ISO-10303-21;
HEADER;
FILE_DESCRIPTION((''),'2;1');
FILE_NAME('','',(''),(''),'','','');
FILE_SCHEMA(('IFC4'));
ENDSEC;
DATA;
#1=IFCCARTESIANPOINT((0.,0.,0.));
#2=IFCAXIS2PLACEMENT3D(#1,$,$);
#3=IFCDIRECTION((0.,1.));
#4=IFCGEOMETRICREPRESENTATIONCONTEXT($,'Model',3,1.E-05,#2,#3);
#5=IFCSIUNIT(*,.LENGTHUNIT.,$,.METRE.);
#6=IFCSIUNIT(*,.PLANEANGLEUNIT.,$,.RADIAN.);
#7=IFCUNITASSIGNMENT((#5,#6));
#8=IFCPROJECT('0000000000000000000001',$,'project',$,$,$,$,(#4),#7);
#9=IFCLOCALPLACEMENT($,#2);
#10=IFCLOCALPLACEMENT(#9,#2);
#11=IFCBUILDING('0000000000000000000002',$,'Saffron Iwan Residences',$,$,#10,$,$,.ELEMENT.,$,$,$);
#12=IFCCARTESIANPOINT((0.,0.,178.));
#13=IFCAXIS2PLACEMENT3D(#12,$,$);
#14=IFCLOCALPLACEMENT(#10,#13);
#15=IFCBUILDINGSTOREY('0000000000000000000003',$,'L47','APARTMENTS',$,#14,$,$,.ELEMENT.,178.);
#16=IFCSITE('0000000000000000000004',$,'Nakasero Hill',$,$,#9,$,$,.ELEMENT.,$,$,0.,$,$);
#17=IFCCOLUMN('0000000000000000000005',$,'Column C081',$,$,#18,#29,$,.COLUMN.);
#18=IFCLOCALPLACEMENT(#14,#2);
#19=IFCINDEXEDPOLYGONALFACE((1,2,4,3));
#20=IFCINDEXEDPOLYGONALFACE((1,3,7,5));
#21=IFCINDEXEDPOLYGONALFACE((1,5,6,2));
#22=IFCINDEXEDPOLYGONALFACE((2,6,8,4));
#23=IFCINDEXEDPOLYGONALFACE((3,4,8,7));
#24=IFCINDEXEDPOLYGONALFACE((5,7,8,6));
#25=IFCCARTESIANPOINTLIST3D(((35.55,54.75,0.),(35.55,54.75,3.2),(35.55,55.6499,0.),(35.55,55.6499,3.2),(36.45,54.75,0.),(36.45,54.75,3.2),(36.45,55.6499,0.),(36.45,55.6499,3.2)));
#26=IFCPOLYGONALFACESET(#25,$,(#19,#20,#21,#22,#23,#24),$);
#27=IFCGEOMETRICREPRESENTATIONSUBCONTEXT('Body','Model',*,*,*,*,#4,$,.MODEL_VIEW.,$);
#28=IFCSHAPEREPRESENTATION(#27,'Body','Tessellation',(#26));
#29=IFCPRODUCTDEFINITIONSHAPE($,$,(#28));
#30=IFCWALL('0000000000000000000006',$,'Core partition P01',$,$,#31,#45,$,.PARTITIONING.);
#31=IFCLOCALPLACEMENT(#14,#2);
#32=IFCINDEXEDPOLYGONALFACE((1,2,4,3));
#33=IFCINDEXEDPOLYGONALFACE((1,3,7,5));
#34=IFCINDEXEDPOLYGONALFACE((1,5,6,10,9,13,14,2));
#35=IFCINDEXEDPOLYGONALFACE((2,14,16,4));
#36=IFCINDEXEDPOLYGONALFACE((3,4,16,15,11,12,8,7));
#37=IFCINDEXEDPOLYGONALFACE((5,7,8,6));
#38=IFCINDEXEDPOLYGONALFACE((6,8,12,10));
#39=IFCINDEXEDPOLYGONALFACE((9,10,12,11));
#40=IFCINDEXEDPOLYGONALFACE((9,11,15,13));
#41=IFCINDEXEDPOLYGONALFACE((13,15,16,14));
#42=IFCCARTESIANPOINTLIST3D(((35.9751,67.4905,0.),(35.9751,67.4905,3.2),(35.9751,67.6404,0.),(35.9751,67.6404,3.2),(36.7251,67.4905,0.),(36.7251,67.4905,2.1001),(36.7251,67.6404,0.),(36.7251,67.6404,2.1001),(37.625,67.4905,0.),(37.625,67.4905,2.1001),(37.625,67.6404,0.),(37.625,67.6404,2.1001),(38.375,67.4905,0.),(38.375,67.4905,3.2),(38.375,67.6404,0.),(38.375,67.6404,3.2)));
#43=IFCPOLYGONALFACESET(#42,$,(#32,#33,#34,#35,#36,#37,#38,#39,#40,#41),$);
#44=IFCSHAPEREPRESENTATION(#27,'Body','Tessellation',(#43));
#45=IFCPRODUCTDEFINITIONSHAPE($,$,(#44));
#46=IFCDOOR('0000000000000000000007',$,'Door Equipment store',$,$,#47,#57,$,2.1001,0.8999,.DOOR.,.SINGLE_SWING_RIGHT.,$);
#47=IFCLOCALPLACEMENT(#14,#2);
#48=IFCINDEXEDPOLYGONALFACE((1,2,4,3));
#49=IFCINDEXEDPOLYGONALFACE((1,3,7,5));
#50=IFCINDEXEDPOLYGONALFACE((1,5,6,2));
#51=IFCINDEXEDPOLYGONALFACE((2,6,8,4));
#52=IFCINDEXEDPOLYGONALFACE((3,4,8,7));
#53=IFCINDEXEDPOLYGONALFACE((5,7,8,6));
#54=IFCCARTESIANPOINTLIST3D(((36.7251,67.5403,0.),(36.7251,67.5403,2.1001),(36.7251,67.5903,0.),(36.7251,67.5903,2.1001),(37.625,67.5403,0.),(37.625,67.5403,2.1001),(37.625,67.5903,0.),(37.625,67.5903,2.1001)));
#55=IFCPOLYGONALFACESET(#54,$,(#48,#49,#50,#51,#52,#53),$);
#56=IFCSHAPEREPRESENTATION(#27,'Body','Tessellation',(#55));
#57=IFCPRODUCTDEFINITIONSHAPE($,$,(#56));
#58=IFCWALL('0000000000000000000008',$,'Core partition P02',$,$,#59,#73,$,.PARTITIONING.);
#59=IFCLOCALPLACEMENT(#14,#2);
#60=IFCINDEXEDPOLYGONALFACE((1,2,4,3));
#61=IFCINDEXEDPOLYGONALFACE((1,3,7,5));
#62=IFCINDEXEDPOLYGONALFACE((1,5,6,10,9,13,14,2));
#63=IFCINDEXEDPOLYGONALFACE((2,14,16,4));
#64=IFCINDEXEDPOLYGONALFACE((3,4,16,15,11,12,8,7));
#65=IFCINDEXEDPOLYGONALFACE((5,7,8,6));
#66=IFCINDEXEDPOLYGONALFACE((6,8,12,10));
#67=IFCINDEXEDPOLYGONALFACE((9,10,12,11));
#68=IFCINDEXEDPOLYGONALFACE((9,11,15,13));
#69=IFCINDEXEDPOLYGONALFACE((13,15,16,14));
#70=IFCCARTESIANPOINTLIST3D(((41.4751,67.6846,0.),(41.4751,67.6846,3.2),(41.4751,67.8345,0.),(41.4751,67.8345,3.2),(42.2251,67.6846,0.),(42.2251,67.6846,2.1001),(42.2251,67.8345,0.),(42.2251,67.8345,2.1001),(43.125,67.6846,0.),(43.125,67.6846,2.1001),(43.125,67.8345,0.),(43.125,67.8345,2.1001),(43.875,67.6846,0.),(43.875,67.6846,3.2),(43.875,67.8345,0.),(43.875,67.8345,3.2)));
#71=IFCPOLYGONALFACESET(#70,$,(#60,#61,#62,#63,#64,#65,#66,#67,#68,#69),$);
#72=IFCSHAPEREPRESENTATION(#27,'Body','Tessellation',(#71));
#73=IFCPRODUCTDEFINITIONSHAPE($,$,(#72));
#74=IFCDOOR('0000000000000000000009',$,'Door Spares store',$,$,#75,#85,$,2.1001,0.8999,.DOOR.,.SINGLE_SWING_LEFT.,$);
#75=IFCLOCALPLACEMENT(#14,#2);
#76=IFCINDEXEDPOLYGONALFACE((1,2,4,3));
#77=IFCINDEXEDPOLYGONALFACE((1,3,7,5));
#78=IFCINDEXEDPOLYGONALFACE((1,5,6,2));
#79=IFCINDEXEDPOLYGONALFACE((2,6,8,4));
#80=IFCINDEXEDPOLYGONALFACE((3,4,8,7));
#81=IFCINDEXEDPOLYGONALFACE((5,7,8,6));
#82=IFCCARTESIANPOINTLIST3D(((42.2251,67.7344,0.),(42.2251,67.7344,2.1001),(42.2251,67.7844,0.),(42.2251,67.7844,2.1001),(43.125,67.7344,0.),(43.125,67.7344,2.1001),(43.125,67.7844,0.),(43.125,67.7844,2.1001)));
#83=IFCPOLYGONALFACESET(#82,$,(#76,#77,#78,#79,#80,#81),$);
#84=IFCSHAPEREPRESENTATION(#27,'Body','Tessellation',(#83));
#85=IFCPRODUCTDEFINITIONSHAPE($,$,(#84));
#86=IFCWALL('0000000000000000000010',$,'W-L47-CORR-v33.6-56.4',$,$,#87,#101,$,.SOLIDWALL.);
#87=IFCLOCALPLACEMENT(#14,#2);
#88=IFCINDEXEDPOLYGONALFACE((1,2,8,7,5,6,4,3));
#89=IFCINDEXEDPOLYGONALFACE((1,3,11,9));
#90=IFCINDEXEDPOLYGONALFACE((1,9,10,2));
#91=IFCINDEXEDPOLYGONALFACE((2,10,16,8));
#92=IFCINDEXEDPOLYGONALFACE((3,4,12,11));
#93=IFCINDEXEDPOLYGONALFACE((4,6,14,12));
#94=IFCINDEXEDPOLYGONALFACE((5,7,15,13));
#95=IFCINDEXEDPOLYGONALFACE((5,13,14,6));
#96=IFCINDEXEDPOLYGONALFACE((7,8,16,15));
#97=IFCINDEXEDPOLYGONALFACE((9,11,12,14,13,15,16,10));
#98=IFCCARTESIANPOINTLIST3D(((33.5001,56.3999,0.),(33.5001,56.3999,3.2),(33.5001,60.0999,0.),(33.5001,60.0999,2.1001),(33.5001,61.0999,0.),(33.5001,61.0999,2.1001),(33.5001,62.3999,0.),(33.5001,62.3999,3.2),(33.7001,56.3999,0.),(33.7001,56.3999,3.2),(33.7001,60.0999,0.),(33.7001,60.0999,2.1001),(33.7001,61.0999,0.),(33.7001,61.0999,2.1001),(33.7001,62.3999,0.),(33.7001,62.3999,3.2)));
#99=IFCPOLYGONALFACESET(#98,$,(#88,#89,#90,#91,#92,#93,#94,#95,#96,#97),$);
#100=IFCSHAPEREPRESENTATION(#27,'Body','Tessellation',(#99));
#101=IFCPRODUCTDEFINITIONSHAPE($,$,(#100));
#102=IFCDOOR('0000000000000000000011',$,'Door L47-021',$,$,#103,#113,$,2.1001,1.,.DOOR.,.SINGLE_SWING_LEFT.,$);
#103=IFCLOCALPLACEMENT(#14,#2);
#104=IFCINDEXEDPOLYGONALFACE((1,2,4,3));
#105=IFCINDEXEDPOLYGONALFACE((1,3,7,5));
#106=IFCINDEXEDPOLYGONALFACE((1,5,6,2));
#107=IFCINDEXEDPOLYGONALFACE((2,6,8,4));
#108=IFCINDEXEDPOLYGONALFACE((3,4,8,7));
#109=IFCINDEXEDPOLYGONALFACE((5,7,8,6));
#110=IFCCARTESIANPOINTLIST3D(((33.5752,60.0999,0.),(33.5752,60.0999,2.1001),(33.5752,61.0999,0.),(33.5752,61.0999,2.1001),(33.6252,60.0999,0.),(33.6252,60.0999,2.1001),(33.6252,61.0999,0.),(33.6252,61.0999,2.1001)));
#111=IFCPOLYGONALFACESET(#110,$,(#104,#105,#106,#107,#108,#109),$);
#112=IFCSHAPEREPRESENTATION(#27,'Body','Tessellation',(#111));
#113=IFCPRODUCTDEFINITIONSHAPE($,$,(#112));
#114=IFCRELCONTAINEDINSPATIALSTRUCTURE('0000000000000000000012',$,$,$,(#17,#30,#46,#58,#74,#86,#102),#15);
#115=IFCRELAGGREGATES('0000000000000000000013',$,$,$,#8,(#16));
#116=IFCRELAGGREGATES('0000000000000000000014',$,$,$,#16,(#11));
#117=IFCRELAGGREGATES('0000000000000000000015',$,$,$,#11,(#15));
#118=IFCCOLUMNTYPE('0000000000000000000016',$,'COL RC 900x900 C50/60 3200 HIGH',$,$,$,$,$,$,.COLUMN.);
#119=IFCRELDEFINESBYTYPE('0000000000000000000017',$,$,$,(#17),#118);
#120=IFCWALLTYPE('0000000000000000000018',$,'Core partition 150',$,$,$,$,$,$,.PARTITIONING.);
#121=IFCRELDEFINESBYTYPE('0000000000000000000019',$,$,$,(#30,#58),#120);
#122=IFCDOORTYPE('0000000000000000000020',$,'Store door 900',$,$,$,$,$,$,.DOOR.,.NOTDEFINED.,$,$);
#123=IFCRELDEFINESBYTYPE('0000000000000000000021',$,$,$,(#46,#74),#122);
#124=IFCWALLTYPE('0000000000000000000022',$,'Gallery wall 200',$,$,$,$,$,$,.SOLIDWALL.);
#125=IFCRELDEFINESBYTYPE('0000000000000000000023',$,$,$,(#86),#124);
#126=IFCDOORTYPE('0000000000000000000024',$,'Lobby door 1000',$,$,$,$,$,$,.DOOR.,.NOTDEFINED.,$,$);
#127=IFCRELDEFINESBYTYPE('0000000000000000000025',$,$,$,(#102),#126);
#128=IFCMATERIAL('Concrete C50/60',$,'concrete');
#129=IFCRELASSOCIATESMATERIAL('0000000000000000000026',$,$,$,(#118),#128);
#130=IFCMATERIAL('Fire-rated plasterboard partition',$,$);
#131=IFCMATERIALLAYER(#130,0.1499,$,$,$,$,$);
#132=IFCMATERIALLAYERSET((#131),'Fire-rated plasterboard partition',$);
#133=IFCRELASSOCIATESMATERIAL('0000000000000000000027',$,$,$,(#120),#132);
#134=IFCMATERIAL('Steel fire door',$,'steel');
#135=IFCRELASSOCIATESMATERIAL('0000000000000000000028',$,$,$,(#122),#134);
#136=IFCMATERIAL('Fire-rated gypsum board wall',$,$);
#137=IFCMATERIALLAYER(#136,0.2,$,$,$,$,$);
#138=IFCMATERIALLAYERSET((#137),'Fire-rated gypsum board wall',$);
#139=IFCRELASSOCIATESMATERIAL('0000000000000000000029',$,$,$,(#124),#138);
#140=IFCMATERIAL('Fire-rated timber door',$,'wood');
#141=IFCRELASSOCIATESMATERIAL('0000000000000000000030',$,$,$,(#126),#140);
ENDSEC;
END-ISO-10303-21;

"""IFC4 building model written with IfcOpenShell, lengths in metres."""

from ifc_helpers import new_model, si_unit, direction, frame, frame_2d, origin, origin_2d, place, context, subcontext, project, spatial, rectangle, extrude, source, transform, mapped, material, layer, layer_set, material_profile, profile_set, type_object, element, fill, save


model = new_model("IFC4")

# Units and contexts
model_context = context("Model", 3, precision=1e-05, world=origin(), true_north=direction((0.0, 1.0)))
body_context = subcontext(model_context, "Body", "Model", "MODEL_VIEW")
ifc_project = project(units=[si_unit("LENGTHUNIT", "METRE"), si_unit("PLANEANGLEUNIT", "RADIAN")], contexts=[model_context])

# Site, building, storey
site_placement = place(None, origin())
site = spatial("IfcSite", under=ifc_project, at=site_placement, Name="Nakasero Hill", CompositionType="ELEMENT", RefElevation=0.0)
building_placement = place(site_placement, origin())
building = spatial("IfcBuilding", under=site, at=building_placement, Name="Saffron Iwan Residences", CompositionType="ELEMENT")
storey_placement = place(building_placement, frame((0.0, 0.0, 178.0)))
storey = spatial("IfcBuildingStorey", under=building, at=storey_placement, Name="L47", Description="APARTMENTS", CompositionType="ELEMENT", Elevation=178.0)

# Column
ifc_material_1 = material(Name="Concrete C50/60", Category="concrete")
ifc_material_profile = material_profile(ifc_material_1, rectangle(XDim=0.8999, YDim=0.8999, at=origin_2d()), Name="RC 900x900")
ifc_profile_set = profile_set([ifc_material_profile], Name="Concrete C50/60")
column_type = type_object("IfcColumnType", Name="COL RC 900x900 C50/60 3200 HIGH", PredefinedType="COLUMN", material=ifc_profile_set)
shared_shape = source(origin(), body_context, "Body", "SweptSolid", [
    extrude(rectangle(XDim=0.8999, YDim=0.8999, at=origin_2d()), origin(), (0.0, 0.0, 1.0), 3.2),
])
column_placement = place(storey_placement, frame((36.0, 55.2, 0.0), z_axis=(0.0, 0.0, 1.0), x_axis=(1.0, 0.0, 0.0)))
element("IfcColumn", 1, at=column_placement, inside=storey, type_object=column_type, Name="Column C081", PredefinedType="COLUMN", context=body_context, shape_type="MappedRepresentation", body=[
    mapped(shared_shape, transform((0.0, 0.0, 0.0))),
])

# Walls, openings, doors
ifc_material_2 = material(Name="Fire-rated plasterboard partition")
ifc_layer_1 = layer(ifc_material_2, 0.1499)
ifc_layer_set_1 = layer_set([ifc_layer_1], Name="Fire-rated plasterboard partition")
wall_type_1 = type_object("IfcWallType", Name="Core partition 150", PredefinedType="PARTITIONING", material=ifc_layer_set_1)
wall_1_placement = place(storey_placement, frame((35.9751, 67.5654, 0.0), z_axis=(0.0, 0.0, 1.0), x_axis=(1.0, 0.0, 0.0)))
wall_1 = element("IfcWall", 2, at=wall_1_placement, inside=storey, type_object=wall_type_1, Name="Core partition P01", PredefinedType="PARTITIONING", context=body_context, shape_type="SweptSolid", body=[
    extrude(rectangle(XDim=2.3999, YDim=0.1499, at=frame_2d((1.2, 0.0))), origin(), (0.0, 0.0, 1.0), 3.2),
])
opening_1_placement = place(wall_1_placement, frame((0.75, 0.0, 0.0)))
opening_1 = element("IfcOpeningElement", 3, at=opening_1_placement, cuts=wall_1, PredefinedType="OPENING", context=body_context, shape_type="SweptSolid", body=[
    extrude(rectangle(XDim=0.8999, YDim=2.1001, at=frame_2d((0.45, 1.05))), frame((0.0, 0.085, 0.0), z_axis=(0.0, -1.0, 0.0), x_axis=(1.0, 0.0, 0.0)), (0.0, 0.0, 1.0), 0.1699),
])
ifc_material_3 = material(Name="Steel fire door", Category="steel")
door_type_1 = type_object("IfcDoorType", Name="Store door 900", OperationType="NOTDEFINED", PredefinedType="DOOR", material=ifc_material_3)
door_1_placement = place(opening_1_placement, origin())
door_1 = element("IfcDoor", 4, at=door_1_placement, inside=storey, type_object=door_type_1, Name="Door Equipment store", OperationType="SINGLE_SWING_RIGHT", OverallHeight=2.1001, OverallWidth=0.8999, PredefinedType="DOOR", context=body_context, shape_type="SweptSolid", body=[
    extrude(rectangle(XDim=0.8999, YDim=2.1001, at=frame_2d((0.45, 1.05))), frame((0.0, 0.0249, 0.0), z_axis=(0.0, -1.0, 0.0), x_axis=(1.0, 0.0, 0.0)), (0.0, 0.0, 1.0), 0.05),
])
fill(opening_1, door_1)
wall_2_placement = place(storey_placement, frame((41.4751, 67.7595, 0.0), z_axis=(0.0, 0.0, 1.0), x_axis=(1.0, 0.0, 0.0)))
wall_2 = element("IfcWall", 5, at=wall_2_placement, inside=storey, type_object=wall_type_1, Name="Core partition P02", PredefinedType="PARTITIONING", context=body_context, shape_type="SweptSolid", body=[
    extrude(rectangle(XDim=2.3999, YDim=0.1499, at=frame_2d((1.2, 0.0))), origin(), (0.0, 0.0, 1.0), 3.2),
])
opening_2_placement = place(wall_2_placement, frame((0.75, 0.0, 0.0)))
opening_2 = element("IfcOpeningElement", 6, at=opening_2_placement, cuts=wall_2, PredefinedType="OPENING", context=body_context, shape_type="SweptSolid", body=[
    extrude(rectangle(XDim=0.8999, YDim=2.1001, at=frame_2d((0.45, 1.05))), frame((0.0, 0.085, 0.0), z_axis=(0.0, -1.0, 0.0), x_axis=(1.0, 0.0, 0.0)), (0.0, 0.0, 1.0), 0.1699),
])
door_2_placement = place(opening_2_placement, origin())
door_2 = element("IfcDoor", 7, at=door_2_placement, inside=storey, type_object=door_type_1, Name="Door Spares store", OperationType="SINGLE_SWING_LEFT", OverallHeight=2.1001, OverallWidth=0.8999, PredefinedType="DOOR", context=body_context, shape_type="SweptSolid", body=[
    extrude(rectangle(XDim=0.8999, YDim=2.1001, at=frame_2d((0.45, 1.05))), frame((0.0, 0.0249, 0.0), z_axis=(0.0, -1.0, 0.0), x_axis=(1.0, 0.0, 0.0)), (0.0, 0.0, 1.0), 0.05),
])
fill(opening_2, door_2)
ifc_material_4 = material(Name="Fire-rated gypsum board wall")
ifc_layer_2 = layer(ifc_material_4, 0.2)
ifc_layer_set_2 = layer_set([ifc_layer_2], Name="Fire-rated gypsum board wall")
wall_type_2 = type_object("IfcWallType", Name="Gallery wall 200", PredefinedType="SOLIDWALL", material=ifc_layer_set_2)
wall_3_placement = place(storey_placement, frame((33.6001, 56.3999, 0.0), z_axis=(0.0, 0.0, 1.0), x_axis=(0.0, 1.0, 0.0)))
wall_3 = element("IfcWall", 8, at=wall_3_placement, inside=storey, type_object=wall_type_2, Name="W-L47-CORR-v33.6-56.4", PredefinedType="SOLIDWALL", context=body_context, shape_type="SweptSolid", body=[
    extrude(rectangle(XDim=6.0, YDim=0.2, at=frame_2d((3.0, 0.0))), origin(), (0.0, 0.0, 1.0), 3.2),
])
opening_3_placement = place(wall_3_placement, frame((3.7, 0.0, 0.0)))
opening_3 = element("IfcOpeningElement", 9, at=opening_3_placement, cuts=wall_3, PredefinedType="OPENING", context=body_context, shape_type="SweptSolid", body=[
    extrude(rectangle(XDim=1.0, YDim=2.1001, at=frame_2d((0.5, 1.05))), frame((0.0, 0.1099, 0.0), z_axis=(0.0, -1.0, 0.0), x_axis=(1.0, 0.0, 0.0)), (0.0, 0.0, 1.0), 0.22),
])
ifc_material_5 = material(Name="Fire-rated timber door", Category="wood")
door_type_2 = type_object("IfcDoorType", Name="Lobby door 1000", OperationType="NOTDEFINED", PredefinedType="DOOR", material=ifc_material_5)
door_3_placement = place(opening_3_placement, origin())
door_3 = element("IfcDoor", 10, at=door_3_placement, inside=storey, type_object=door_type_2, Name="Door L47-021", OperationType="SINGLE_SWING_LEFT", OverallHeight=2.1001, OverallWidth=1.0, PredefinedType="DOOR", context=body_context, shape_type="SweptSolid", body=[
    extrude(rectangle(XDim=1.0, YDim=2.1001, at=frame_2d((0.5, 1.05))), frame((0.0, 0.0249, 0.0), z_axis=(0.0, -1.0, 0.0), x_axis=(1.0, 0.0, 0.0)), (0.0, 0.0, 1.0), 0.05),
])
fill(opening_3, door_3)

save(model, "model.ifc")
